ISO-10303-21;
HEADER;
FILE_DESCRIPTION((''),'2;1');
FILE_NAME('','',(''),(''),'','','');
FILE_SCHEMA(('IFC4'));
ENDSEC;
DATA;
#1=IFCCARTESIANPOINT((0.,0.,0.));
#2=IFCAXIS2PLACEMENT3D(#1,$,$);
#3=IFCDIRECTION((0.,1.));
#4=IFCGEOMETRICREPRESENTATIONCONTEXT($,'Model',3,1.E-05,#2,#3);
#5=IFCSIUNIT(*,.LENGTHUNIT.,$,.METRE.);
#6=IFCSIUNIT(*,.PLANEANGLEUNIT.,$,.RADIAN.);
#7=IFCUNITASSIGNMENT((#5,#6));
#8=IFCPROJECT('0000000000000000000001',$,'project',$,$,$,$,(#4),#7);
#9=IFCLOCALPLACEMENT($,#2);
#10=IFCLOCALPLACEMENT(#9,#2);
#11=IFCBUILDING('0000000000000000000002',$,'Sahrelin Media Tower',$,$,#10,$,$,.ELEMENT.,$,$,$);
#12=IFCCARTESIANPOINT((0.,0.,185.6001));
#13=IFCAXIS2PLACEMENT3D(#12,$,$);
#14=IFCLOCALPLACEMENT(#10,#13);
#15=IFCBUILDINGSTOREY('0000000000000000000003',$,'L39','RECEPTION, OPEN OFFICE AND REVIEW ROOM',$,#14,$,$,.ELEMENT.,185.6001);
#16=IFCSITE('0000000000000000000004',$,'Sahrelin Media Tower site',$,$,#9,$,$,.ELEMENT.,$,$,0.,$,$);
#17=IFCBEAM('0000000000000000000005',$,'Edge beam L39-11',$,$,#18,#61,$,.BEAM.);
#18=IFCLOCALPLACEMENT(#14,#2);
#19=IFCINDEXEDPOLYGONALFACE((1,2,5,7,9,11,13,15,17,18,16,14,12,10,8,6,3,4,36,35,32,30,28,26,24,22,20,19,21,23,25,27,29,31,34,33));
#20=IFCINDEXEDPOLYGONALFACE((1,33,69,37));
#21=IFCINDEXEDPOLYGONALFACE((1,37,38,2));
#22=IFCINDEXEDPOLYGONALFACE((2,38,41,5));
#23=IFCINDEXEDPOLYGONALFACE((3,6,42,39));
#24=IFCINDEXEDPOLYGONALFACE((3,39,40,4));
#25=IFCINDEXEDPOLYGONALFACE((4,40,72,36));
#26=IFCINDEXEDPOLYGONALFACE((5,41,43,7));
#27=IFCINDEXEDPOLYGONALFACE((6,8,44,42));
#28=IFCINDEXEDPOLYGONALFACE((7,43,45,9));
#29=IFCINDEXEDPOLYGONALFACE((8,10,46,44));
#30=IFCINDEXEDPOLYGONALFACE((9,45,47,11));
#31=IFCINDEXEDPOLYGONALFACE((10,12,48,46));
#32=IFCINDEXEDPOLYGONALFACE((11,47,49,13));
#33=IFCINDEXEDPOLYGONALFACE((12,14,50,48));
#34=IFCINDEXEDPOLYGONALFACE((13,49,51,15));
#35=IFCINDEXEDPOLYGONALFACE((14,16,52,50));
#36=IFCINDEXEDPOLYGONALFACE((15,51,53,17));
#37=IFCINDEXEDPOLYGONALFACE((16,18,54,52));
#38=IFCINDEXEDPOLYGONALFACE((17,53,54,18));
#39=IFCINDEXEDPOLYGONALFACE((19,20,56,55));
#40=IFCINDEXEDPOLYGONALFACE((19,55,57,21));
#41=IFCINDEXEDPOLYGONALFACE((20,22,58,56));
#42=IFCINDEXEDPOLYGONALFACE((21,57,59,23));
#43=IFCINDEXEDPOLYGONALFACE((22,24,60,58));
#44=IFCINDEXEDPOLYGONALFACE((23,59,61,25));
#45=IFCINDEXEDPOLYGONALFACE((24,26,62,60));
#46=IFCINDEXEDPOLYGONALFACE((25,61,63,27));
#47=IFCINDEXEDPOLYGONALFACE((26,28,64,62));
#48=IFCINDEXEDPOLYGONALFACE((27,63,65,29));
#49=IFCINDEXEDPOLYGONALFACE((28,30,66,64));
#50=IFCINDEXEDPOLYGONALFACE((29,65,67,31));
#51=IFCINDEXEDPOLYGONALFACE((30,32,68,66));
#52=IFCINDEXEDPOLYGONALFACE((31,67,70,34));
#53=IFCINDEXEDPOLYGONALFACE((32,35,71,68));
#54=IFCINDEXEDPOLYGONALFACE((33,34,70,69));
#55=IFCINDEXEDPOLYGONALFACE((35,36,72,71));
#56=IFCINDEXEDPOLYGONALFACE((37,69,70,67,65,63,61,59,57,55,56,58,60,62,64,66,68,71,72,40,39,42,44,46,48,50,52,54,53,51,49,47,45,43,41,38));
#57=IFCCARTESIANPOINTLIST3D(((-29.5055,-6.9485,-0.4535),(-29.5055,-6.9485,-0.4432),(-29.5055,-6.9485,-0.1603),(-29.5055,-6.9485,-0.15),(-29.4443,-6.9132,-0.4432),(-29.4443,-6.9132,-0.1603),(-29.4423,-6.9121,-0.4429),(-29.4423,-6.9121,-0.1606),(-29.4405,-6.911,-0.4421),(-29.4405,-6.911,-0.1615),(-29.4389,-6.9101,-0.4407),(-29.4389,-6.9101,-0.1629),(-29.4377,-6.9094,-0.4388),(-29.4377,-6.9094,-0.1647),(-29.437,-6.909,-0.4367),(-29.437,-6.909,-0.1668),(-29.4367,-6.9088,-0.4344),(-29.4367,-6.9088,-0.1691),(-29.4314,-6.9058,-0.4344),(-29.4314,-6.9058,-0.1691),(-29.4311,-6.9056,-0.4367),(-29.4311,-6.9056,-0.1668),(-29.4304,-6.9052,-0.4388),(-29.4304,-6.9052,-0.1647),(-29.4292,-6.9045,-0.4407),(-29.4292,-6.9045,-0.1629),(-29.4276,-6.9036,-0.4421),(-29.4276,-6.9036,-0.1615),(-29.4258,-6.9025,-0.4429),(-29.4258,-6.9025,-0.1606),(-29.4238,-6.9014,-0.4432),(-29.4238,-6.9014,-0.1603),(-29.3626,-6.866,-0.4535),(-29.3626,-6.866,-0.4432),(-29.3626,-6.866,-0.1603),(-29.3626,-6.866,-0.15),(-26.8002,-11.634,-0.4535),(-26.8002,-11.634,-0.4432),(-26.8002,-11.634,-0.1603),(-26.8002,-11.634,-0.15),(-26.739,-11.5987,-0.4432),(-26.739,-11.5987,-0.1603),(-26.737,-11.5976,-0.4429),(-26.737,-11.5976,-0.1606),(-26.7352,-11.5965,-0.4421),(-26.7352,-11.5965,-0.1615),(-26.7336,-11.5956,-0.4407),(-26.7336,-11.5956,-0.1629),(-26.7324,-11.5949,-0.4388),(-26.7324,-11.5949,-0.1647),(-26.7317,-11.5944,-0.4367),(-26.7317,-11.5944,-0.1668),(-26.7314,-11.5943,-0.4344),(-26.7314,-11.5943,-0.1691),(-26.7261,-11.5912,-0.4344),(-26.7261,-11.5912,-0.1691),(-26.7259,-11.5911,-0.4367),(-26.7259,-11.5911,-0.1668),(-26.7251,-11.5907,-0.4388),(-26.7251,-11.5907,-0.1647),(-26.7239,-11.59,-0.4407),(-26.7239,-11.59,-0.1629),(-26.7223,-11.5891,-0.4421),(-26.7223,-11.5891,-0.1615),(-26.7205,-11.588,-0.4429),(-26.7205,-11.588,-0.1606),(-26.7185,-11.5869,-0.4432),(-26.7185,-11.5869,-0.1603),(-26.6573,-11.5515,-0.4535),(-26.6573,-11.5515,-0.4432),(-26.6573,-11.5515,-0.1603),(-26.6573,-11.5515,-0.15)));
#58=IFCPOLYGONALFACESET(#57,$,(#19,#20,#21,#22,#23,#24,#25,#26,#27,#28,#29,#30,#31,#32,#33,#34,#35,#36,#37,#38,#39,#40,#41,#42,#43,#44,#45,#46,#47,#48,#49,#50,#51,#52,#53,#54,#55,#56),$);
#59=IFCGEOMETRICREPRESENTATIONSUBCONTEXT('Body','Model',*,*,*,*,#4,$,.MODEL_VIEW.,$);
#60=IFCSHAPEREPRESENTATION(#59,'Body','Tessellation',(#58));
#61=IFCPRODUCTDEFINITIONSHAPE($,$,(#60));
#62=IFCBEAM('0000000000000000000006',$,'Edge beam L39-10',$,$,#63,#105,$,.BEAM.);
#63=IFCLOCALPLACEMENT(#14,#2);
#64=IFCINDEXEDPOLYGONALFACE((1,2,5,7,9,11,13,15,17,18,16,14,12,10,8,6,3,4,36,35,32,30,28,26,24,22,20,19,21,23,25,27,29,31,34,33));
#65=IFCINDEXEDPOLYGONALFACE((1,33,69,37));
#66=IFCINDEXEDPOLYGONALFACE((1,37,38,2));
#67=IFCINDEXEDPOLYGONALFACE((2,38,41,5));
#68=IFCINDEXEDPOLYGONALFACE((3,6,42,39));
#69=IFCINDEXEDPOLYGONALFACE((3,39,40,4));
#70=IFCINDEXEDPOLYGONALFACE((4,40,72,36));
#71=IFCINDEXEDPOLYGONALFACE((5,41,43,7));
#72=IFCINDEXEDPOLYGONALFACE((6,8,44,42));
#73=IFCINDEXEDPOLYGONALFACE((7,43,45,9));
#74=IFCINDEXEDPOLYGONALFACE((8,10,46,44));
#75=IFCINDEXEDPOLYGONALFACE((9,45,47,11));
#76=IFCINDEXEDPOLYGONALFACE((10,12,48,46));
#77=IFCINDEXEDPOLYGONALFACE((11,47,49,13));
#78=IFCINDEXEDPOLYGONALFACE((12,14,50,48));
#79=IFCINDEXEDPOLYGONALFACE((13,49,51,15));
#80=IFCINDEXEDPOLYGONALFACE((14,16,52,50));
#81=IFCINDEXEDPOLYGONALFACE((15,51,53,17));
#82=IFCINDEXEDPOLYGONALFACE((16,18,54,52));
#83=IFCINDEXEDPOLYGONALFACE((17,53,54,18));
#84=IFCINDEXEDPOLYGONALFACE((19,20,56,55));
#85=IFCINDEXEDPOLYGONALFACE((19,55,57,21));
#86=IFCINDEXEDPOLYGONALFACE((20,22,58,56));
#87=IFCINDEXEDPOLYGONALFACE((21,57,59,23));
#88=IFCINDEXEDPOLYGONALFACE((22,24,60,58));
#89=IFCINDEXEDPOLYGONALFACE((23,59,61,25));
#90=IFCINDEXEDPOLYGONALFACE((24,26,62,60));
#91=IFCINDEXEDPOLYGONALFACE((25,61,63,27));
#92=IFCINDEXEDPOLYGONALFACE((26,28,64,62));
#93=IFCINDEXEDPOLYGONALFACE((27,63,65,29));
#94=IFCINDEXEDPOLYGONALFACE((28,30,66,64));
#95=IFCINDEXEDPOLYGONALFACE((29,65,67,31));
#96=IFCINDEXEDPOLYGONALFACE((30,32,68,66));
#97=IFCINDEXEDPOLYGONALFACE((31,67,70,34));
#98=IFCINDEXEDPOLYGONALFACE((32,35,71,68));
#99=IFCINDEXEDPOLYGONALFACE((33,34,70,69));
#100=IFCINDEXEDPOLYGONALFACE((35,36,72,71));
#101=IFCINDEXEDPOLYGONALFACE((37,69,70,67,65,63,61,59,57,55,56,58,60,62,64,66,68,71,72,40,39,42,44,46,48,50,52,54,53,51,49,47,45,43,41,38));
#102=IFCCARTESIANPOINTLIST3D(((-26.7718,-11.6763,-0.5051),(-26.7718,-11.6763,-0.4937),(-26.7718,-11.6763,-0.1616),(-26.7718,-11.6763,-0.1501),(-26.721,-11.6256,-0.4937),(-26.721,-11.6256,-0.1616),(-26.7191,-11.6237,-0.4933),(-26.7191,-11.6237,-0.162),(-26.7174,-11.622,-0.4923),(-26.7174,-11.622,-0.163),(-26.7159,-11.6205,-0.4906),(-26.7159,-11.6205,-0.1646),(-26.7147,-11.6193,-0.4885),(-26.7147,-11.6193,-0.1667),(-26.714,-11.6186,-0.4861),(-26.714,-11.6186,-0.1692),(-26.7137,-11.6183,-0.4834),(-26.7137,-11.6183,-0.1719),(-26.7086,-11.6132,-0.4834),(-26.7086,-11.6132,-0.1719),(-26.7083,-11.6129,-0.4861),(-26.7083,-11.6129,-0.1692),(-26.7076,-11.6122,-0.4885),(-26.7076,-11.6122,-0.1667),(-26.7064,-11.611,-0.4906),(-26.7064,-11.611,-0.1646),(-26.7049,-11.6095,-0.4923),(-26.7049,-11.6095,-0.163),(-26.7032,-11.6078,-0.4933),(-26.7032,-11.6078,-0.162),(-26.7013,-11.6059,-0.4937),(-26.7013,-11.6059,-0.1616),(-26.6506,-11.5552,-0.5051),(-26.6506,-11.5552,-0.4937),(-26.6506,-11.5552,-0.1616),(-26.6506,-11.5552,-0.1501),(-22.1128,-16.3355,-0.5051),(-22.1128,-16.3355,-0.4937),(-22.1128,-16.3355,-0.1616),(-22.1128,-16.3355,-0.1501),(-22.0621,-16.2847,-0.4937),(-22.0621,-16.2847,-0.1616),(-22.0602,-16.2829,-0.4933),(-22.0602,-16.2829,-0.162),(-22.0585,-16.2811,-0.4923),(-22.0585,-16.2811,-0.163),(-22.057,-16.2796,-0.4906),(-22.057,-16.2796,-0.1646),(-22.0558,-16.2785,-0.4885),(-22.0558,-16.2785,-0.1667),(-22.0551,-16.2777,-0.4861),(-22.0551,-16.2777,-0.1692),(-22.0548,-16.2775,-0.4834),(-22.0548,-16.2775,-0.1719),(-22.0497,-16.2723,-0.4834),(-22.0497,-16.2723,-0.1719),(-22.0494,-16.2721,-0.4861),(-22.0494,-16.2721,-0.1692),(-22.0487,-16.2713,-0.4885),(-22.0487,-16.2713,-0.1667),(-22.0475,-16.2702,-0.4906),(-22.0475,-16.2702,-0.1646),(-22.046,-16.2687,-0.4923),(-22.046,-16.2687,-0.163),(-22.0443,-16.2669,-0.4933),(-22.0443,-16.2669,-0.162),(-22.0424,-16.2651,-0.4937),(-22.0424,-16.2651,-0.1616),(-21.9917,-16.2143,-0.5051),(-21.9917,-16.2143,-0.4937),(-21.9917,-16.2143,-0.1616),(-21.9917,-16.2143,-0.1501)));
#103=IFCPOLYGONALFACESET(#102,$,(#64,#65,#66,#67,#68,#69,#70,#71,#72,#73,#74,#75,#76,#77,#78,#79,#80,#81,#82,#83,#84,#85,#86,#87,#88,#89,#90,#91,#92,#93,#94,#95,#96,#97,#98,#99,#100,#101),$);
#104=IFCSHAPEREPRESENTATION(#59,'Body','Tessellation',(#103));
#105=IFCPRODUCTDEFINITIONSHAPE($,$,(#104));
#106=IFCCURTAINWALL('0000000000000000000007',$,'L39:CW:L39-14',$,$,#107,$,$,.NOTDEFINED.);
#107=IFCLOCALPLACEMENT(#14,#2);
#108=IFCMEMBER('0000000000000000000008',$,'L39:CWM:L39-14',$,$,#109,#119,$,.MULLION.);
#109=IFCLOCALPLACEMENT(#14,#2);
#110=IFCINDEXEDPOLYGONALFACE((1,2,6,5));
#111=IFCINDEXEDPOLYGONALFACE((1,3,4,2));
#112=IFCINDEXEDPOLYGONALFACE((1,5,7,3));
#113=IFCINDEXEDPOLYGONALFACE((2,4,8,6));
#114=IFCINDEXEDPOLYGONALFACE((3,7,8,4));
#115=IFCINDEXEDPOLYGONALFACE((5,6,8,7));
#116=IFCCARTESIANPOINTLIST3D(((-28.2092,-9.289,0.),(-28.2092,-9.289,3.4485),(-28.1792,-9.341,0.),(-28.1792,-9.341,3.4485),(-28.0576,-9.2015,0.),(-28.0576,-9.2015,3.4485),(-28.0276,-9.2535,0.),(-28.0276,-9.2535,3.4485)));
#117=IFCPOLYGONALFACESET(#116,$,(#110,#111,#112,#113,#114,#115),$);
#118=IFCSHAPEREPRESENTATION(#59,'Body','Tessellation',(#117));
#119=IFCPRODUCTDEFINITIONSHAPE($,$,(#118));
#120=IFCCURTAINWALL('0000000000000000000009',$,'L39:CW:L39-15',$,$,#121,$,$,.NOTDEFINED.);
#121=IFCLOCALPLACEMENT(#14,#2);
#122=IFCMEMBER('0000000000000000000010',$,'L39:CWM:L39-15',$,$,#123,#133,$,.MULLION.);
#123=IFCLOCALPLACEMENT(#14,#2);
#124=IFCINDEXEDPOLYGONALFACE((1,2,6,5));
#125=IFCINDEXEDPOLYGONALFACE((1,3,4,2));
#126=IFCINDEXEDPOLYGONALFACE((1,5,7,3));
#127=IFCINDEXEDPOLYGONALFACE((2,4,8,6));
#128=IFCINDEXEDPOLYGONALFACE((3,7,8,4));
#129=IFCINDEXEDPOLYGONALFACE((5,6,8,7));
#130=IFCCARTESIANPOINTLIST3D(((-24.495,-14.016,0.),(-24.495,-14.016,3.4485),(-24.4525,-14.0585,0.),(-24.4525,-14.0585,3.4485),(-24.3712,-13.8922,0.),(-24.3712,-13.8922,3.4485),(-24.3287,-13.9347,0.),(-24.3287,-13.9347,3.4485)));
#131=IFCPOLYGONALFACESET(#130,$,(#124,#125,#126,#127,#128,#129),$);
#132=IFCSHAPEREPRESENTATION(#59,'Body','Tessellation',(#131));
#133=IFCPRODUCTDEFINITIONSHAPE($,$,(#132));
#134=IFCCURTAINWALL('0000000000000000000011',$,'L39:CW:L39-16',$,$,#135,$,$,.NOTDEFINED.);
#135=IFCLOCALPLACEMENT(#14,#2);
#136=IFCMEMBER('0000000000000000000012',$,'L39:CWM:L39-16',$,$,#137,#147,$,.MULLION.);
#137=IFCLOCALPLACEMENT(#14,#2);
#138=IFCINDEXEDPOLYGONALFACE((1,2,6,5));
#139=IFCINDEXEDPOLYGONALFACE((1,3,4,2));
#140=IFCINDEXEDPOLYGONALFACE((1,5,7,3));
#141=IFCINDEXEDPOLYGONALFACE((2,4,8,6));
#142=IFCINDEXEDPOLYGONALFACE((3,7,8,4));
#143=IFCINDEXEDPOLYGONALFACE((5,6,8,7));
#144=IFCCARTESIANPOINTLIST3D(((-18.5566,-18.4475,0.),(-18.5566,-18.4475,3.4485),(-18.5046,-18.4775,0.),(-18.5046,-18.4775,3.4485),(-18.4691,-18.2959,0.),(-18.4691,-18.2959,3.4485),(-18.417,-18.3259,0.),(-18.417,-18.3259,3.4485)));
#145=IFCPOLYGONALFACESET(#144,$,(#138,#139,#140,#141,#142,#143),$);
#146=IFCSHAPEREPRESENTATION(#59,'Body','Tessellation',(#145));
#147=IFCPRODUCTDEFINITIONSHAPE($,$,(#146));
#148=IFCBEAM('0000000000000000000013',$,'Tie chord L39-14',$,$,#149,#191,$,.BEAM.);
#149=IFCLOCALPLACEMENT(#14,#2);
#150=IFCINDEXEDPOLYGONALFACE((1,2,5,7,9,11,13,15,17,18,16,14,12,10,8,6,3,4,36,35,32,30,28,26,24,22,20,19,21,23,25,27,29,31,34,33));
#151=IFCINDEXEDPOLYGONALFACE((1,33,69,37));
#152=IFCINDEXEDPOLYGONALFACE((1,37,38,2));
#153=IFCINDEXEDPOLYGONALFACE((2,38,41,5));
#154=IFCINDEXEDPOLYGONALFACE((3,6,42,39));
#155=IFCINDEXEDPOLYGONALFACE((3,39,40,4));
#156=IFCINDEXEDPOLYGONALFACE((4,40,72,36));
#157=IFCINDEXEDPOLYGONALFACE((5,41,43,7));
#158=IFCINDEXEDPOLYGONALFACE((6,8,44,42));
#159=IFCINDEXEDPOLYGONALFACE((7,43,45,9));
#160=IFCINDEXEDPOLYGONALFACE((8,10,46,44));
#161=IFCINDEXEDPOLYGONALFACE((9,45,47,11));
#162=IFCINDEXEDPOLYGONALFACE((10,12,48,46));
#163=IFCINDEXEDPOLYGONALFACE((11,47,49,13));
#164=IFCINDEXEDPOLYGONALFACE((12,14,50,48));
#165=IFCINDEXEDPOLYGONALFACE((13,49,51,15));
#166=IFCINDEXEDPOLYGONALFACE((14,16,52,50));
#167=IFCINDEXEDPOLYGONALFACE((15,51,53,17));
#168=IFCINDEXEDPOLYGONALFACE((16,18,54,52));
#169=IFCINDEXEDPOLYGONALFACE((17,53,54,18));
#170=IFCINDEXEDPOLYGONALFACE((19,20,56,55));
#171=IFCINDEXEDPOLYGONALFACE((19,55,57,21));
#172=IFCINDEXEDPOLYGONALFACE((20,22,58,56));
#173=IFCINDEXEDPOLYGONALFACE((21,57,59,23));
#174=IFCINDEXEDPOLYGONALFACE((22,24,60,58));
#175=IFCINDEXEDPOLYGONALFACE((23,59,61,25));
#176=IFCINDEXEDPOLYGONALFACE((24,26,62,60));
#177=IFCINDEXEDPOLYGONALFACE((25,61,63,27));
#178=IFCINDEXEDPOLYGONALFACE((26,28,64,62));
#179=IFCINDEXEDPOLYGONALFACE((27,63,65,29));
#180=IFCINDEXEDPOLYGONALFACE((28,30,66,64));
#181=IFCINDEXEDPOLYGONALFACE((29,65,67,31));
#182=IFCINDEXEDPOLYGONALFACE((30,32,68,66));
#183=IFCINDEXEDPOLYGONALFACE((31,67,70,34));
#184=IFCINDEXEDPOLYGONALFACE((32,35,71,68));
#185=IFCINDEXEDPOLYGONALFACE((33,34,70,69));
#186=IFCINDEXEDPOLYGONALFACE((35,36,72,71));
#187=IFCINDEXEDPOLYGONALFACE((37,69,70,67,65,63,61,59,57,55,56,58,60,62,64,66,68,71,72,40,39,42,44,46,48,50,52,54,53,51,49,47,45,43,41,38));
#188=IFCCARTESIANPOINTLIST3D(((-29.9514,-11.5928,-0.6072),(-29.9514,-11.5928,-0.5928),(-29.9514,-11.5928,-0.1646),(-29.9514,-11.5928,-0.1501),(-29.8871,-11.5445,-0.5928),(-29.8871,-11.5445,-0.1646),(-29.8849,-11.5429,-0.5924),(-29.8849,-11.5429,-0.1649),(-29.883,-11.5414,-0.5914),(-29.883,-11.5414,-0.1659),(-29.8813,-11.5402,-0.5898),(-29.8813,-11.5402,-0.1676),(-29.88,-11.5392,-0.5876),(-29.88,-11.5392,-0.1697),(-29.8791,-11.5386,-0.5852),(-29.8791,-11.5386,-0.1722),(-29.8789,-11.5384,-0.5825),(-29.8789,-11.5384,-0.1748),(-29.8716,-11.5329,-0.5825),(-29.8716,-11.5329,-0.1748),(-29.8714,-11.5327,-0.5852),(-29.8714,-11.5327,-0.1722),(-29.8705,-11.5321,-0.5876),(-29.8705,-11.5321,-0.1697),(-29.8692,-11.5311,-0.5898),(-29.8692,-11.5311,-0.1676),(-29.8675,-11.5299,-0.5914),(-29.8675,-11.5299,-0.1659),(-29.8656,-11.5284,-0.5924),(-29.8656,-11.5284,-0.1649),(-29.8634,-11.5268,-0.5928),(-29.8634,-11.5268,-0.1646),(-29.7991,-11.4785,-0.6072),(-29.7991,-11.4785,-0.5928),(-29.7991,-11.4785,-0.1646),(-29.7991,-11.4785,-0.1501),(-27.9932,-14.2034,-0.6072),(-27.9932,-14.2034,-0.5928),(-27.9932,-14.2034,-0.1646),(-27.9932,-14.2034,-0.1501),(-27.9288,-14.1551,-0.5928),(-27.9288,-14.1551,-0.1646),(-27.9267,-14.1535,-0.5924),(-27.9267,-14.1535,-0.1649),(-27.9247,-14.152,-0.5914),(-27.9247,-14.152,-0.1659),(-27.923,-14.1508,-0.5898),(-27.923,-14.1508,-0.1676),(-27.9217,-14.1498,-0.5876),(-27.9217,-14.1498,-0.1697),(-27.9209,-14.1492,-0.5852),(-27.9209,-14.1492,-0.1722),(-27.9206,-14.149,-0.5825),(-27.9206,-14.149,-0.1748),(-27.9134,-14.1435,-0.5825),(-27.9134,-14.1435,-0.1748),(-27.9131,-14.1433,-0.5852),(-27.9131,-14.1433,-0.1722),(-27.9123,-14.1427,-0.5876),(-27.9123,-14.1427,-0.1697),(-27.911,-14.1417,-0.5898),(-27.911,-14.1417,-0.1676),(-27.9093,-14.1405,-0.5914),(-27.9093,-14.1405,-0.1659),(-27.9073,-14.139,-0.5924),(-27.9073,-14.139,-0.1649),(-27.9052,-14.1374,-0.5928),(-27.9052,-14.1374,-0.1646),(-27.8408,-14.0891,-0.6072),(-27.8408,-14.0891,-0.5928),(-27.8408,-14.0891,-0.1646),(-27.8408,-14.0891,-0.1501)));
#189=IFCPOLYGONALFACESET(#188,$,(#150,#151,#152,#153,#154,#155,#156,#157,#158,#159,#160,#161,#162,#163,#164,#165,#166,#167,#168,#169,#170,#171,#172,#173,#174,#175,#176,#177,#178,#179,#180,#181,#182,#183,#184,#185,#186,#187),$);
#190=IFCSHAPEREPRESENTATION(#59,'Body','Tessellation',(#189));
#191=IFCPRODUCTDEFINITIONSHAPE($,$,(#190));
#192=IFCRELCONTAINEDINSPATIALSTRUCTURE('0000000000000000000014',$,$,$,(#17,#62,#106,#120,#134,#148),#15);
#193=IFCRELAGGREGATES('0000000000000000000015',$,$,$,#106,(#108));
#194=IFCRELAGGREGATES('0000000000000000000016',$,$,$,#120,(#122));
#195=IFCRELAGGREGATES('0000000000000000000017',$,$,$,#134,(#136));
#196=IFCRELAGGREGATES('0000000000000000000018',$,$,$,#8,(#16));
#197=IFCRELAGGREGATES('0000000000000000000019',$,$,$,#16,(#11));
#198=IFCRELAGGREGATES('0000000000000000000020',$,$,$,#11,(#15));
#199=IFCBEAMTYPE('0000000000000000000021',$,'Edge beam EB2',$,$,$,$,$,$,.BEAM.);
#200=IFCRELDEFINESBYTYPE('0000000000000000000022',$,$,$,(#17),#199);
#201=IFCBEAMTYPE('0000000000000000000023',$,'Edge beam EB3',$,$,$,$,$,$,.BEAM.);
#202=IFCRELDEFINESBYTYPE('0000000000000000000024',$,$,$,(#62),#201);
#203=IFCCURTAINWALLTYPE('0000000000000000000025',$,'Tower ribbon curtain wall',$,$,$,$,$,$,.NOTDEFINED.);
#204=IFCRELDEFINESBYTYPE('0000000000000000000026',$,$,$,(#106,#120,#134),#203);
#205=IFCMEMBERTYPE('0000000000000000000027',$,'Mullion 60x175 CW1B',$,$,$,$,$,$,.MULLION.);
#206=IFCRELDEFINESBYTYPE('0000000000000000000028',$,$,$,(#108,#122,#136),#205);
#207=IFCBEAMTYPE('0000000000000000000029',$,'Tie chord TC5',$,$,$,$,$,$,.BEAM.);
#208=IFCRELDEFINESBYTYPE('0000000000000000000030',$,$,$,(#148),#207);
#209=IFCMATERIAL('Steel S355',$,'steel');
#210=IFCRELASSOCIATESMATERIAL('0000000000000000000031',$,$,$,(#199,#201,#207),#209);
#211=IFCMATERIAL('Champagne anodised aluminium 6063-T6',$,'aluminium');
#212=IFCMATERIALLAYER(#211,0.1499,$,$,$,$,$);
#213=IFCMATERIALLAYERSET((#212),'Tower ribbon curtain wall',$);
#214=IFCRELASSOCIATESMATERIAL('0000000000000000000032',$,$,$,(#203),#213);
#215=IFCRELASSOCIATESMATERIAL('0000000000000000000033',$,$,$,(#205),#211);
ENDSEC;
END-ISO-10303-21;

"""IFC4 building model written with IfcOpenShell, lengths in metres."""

from ifc_helpers import new_model, si_unit, direction, frame, origin, origin_2d, place, context, subcontext, project, spatial, rectangle, i_section, extrude, material, layer, layer_set, material_profile, profile_set, type_object, element, aggregate, save


model = new_model("IFC4")

# Units and contexts
model_context = context("Model", 3, precision=1e-05, world=origin(), true_north=direction((0.0, 1.0)))
body_context = subcontext(model_context, "Body", "Model", "MODEL_VIEW")
ifc_project = project(units=[si_unit("LENGTHUNIT", "METRE"), si_unit("PLANEANGLEUNIT", "RADIAN")], contexts=[model_context])

# Site, building, storey
site_placement = place(None, origin())
site = spatial("IfcSite", under=ifc_project, at=site_placement, Name="Sahrelin Media Tower site", CompositionType="ELEMENT", RefElevation=0.0)
building_placement = place(site_placement, origin())
building = spatial("IfcBuilding", under=site, at=building_placement, Name="Sahrelin Media Tower", CompositionType="ELEMENT")
storey_placement = place(building_placement, frame((0.0, 0.0, 185.6001)))
storey = spatial("IfcBuildingStorey", under=building, at=storey_placement, Name="L39", Description="RECEPTION, OPEN OFFICE AND REVIEW ROOM", CompositionType="ELEMENT", Elevation=185.6001)

# Beams
ifc_material_1 = material(Name="Steel S355", Category="steel")
ifc_material_profile_1 = material_profile(ifc_material_1, i_section(OverallWidth=0.165, OverallDepth=0.3035, WebThickness=0.0061, FlangeThickness=0.0103, FilletRadius=0.0088, at=origin_2d()), Name="UB 305x165x40")
ifc_profile_set_1 = profile_set([ifc_material_profile_1], Name="Steel S355")
beam_type_1 = type_object("IfcBeamType", Name="Edge beam EB2", PredefinedType="BEAM", material=ifc_profile_set_1)
beam_1_placement = place(storey_placement, frame((-26.7288, -11.5928, -0.3018), z_axis=(-0.500017, 0.866016, 0.0), x_axis=(-0.866016, -0.500017, 0.0)))
element("IfcBeam", 1, at=beam_1_placement, inside=storey, type_object=beam_type_1, Name="Edge beam L39-11", PredefinedType="BEAM", context=body_context, shape_type="SweptSolid", body=[
    extrude(i_section(OverallWidth=0.165, OverallDepth=0.3035, WebThickness=0.0061, FlangeThickness=0.0103, FilletRadius=0.0088, at=origin_2d()), origin(), (0.0, 0.0, 1.0), 5.4104),
])
ifc_material_profile_2 = material_profile(ifc_material_1, i_section(OverallWidth=0.1714, OverallDepth=0.355, WebThickness=0.0073, FlangeThickness=0.0115, FilletRadius=0.0103, at=origin_2d()), Name="UB 356x171x51")
ifc_profile_set_2 = profile_set([ifc_material_profile_2], Name="Steel S355")
beam_type_2 = type_object("IfcBeamType", Name="Edge beam EB3", PredefinedType="BEAM", material=ifc_profile_set_2)
beam_2_placement = place(storey_placement, frame((-22.0522, -16.2749, -0.3276), z_axis=(-0.707088, 0.707125, 0.0), x_axis=(-0.707125, -0.707088, 0.0)))
element("IfcBeam", 2, at=beam_2_placement, inside=storey, type_object=beam_type_2, Name="Edge beam L39-10", PredefinedType="BEAM", context=body_context, shape_type="SweptSolid", body=[
    extrude(i_section(OverallWidth=0.1714, OverallDepth=0.355, WebThickness=0.0073, FlangeThickness=0.0115, FilletRadius=0.0103, at=origin_2d()), origin(), (0.0, 0.0, 1.0), 6.5889),
])

# Curtain walls, members
ifc_material_2 = material(Name="Champagne anodised aluminium 6063-T6", Category="aluminium")
ifc_layer_1 = layer(ifc_material_2, 0.1499)
ifc_layer_set_1 = layer_set([ifc_layer_1], Name="Tower ribbon curtain wall")
curtain_wall_type = type_object("IfcCurtainWallType", Name="Tower ribbon curtain wall", PredefinedType="NOTDEFINED", material=ifc_layer_set_1)
curtain_wall_1_placement = place(storey_placement, frame((-28.2112, -9.325, 0.0), z_axis=(0.0, 0.0, 1.0), x_axis=(1.0, 0.0, 0.0)))
curtain_wall_1 = element("IfcCurtainWall", 3, at=curtain_wall_1_placement, inside=storey, type_object=curtain_wall_type, Name="L39:CW:L39-14", PredefinedType="NOTDEFINED")
ifc_material_profile_3 = material_profile(ifc_material_2, rectangle(XDim=0.0601, YDim=0.175, at=origin_2d()), Name="Mullion 60x175")
ifc_profile_set_3 = profile_set([ifc_material_profile_3], Name="Champagne anodised aluminium 6063-T6")
member_type_1 = type_object("IfcMemberType", Name="Mullion 60x175 CW1B", PredefinedType="MULLION", material=ifc_profile_set_3)
member_1_placement = place(storey_placement, frame((-28.1184, -9.2712, 0.0), z_axis=(0.0, 0.0, 1.0), x_axis=(0.499997, -0.866027, 0.0)))
member_1 = element("IfcMember", 4, at=member_1_placement, type_object=member_type_1, Name="L39:CWM:L39-14", PredefinedType="MULLION", context=body_context, shape_type="SweptSolid", body=[
    extrude(rectangle(XDim=0.0601, YDim=0.175, at=origin_2d()), origin(), (0.0, 0.0, 1.0), 3.4485),
])
aggregate(curtain_wall_1, [member_1])
curtain_wall_2_placement = place(storey_placement, frame((-24.4878, -14.0513, 0.0), z_axis=(0.0, 0.0, 1.0), x_axis=(1.0, 0.0, 0.0)))
curtain_wall_2 = element("IfcCurtainWall", 5, at=curtain_wall_2_placement, inside=storey, type_object=curtain_wall_type, Name="L39:CW:L39-15", PredefinedType="NOTDEFINED")
member_2_placement = place(storey_placement, frame((-24.4119, -13.9753, 0.0), z_axis=(0.0, 0.0, 1.0), x_axis=(0.707107, -0.707107, 0.0)))
member_2 = element("IfcMember", 6, at=member_2_placement, type_object=member_type_1, Name="L39:CWM:L39-15", PredefinedType="MULLION", context=body_context, shape_type="SweptSolid", body=[
    extrude(rectangle(XDim=0.0601, YDim=0.175, at=origin_2d()), origin(), (0.0, 0.0, 1.0), 3.4485),
])
curtain_wall_3_placement = place(storey_placement, frame((-18.5405, -18.48, 0.0), z_axis=(0.0, 0.0, 1.0), x_axis=(1.0, 0.0, 0.0)))
curtain_wall_3 = element("IfcCurtainWall", 7, at=curtain_wall_3_placement, inside=storey, type_object=curtain_wall_type, Name="L39:CW:L39-16", PredefinedType="NOTDEFINED")
member_3_placement = place(storey_placement, frame((-18.4868, -18.3867, 0.0), z_axis=(0.0, 0.0, 1.0), x_axis=(0.866024, -0.500003, 0.0)))
member_3 = element("IfcMember", 8, at=member_3_placement, type_object=member_type_1, Name="L39:CWM:L39-16", PredefinedType="MULLION", context=body_context, shape_type="SweptSolid", body=[
    extrude(rectangle(XDim=0.0601, YDim=0.175, at=origin_2d()), origin(), (0.0, 0.0, 1.0), 3.4485),
])

# Beam
ifc_material_profile_4 = material_profile(ifc_material_1, i_section(OverallWidth=0.1904, OverallDepth=0.457, WebThickness=0.009, FlangeThickness=0.0144, FilletRadius=0.0103, at=origin_2d()), Name="UB 457x191x74")
ifc_profile_set_4 = profile_set([ifc_material_profile_4], Name="Steel S355")
beam_type_3 = type_object("IfcBeamType", Name="Tie chord TC5", PredefinedType="BEAM", material=ifc_profile_set_4)
beam_3_placement = place(storey_placement, frame((-29.8752, -11.5356, -0.3787), z_axis=(0.60006, -0.799955, 0.0), x_axis=(0.799955, 0.60006, 0.0)))
element("IfcBeam", 9, at=beam_3_placement, inside=storey, type_object=beam_type_3, Name="Tie chord L39-14", PredefinedType="BEAM", context=body_context, shape_type="SweptSolid", body=[
    extrude(i_section(OverallWidth=0.1904, OverallDepth=0.457, WebThickness=0.009, FlangeThickness=0.0144, FilletRadius=0.0103, at=origin_2d()), origin(), (0.0, 0.0, 1.0), 3.2634),
])

aggregate(curtain_wall_2, [member_2])
aggregate(curtain_wall_3, [member_3])

save(model, "model.ifc")
